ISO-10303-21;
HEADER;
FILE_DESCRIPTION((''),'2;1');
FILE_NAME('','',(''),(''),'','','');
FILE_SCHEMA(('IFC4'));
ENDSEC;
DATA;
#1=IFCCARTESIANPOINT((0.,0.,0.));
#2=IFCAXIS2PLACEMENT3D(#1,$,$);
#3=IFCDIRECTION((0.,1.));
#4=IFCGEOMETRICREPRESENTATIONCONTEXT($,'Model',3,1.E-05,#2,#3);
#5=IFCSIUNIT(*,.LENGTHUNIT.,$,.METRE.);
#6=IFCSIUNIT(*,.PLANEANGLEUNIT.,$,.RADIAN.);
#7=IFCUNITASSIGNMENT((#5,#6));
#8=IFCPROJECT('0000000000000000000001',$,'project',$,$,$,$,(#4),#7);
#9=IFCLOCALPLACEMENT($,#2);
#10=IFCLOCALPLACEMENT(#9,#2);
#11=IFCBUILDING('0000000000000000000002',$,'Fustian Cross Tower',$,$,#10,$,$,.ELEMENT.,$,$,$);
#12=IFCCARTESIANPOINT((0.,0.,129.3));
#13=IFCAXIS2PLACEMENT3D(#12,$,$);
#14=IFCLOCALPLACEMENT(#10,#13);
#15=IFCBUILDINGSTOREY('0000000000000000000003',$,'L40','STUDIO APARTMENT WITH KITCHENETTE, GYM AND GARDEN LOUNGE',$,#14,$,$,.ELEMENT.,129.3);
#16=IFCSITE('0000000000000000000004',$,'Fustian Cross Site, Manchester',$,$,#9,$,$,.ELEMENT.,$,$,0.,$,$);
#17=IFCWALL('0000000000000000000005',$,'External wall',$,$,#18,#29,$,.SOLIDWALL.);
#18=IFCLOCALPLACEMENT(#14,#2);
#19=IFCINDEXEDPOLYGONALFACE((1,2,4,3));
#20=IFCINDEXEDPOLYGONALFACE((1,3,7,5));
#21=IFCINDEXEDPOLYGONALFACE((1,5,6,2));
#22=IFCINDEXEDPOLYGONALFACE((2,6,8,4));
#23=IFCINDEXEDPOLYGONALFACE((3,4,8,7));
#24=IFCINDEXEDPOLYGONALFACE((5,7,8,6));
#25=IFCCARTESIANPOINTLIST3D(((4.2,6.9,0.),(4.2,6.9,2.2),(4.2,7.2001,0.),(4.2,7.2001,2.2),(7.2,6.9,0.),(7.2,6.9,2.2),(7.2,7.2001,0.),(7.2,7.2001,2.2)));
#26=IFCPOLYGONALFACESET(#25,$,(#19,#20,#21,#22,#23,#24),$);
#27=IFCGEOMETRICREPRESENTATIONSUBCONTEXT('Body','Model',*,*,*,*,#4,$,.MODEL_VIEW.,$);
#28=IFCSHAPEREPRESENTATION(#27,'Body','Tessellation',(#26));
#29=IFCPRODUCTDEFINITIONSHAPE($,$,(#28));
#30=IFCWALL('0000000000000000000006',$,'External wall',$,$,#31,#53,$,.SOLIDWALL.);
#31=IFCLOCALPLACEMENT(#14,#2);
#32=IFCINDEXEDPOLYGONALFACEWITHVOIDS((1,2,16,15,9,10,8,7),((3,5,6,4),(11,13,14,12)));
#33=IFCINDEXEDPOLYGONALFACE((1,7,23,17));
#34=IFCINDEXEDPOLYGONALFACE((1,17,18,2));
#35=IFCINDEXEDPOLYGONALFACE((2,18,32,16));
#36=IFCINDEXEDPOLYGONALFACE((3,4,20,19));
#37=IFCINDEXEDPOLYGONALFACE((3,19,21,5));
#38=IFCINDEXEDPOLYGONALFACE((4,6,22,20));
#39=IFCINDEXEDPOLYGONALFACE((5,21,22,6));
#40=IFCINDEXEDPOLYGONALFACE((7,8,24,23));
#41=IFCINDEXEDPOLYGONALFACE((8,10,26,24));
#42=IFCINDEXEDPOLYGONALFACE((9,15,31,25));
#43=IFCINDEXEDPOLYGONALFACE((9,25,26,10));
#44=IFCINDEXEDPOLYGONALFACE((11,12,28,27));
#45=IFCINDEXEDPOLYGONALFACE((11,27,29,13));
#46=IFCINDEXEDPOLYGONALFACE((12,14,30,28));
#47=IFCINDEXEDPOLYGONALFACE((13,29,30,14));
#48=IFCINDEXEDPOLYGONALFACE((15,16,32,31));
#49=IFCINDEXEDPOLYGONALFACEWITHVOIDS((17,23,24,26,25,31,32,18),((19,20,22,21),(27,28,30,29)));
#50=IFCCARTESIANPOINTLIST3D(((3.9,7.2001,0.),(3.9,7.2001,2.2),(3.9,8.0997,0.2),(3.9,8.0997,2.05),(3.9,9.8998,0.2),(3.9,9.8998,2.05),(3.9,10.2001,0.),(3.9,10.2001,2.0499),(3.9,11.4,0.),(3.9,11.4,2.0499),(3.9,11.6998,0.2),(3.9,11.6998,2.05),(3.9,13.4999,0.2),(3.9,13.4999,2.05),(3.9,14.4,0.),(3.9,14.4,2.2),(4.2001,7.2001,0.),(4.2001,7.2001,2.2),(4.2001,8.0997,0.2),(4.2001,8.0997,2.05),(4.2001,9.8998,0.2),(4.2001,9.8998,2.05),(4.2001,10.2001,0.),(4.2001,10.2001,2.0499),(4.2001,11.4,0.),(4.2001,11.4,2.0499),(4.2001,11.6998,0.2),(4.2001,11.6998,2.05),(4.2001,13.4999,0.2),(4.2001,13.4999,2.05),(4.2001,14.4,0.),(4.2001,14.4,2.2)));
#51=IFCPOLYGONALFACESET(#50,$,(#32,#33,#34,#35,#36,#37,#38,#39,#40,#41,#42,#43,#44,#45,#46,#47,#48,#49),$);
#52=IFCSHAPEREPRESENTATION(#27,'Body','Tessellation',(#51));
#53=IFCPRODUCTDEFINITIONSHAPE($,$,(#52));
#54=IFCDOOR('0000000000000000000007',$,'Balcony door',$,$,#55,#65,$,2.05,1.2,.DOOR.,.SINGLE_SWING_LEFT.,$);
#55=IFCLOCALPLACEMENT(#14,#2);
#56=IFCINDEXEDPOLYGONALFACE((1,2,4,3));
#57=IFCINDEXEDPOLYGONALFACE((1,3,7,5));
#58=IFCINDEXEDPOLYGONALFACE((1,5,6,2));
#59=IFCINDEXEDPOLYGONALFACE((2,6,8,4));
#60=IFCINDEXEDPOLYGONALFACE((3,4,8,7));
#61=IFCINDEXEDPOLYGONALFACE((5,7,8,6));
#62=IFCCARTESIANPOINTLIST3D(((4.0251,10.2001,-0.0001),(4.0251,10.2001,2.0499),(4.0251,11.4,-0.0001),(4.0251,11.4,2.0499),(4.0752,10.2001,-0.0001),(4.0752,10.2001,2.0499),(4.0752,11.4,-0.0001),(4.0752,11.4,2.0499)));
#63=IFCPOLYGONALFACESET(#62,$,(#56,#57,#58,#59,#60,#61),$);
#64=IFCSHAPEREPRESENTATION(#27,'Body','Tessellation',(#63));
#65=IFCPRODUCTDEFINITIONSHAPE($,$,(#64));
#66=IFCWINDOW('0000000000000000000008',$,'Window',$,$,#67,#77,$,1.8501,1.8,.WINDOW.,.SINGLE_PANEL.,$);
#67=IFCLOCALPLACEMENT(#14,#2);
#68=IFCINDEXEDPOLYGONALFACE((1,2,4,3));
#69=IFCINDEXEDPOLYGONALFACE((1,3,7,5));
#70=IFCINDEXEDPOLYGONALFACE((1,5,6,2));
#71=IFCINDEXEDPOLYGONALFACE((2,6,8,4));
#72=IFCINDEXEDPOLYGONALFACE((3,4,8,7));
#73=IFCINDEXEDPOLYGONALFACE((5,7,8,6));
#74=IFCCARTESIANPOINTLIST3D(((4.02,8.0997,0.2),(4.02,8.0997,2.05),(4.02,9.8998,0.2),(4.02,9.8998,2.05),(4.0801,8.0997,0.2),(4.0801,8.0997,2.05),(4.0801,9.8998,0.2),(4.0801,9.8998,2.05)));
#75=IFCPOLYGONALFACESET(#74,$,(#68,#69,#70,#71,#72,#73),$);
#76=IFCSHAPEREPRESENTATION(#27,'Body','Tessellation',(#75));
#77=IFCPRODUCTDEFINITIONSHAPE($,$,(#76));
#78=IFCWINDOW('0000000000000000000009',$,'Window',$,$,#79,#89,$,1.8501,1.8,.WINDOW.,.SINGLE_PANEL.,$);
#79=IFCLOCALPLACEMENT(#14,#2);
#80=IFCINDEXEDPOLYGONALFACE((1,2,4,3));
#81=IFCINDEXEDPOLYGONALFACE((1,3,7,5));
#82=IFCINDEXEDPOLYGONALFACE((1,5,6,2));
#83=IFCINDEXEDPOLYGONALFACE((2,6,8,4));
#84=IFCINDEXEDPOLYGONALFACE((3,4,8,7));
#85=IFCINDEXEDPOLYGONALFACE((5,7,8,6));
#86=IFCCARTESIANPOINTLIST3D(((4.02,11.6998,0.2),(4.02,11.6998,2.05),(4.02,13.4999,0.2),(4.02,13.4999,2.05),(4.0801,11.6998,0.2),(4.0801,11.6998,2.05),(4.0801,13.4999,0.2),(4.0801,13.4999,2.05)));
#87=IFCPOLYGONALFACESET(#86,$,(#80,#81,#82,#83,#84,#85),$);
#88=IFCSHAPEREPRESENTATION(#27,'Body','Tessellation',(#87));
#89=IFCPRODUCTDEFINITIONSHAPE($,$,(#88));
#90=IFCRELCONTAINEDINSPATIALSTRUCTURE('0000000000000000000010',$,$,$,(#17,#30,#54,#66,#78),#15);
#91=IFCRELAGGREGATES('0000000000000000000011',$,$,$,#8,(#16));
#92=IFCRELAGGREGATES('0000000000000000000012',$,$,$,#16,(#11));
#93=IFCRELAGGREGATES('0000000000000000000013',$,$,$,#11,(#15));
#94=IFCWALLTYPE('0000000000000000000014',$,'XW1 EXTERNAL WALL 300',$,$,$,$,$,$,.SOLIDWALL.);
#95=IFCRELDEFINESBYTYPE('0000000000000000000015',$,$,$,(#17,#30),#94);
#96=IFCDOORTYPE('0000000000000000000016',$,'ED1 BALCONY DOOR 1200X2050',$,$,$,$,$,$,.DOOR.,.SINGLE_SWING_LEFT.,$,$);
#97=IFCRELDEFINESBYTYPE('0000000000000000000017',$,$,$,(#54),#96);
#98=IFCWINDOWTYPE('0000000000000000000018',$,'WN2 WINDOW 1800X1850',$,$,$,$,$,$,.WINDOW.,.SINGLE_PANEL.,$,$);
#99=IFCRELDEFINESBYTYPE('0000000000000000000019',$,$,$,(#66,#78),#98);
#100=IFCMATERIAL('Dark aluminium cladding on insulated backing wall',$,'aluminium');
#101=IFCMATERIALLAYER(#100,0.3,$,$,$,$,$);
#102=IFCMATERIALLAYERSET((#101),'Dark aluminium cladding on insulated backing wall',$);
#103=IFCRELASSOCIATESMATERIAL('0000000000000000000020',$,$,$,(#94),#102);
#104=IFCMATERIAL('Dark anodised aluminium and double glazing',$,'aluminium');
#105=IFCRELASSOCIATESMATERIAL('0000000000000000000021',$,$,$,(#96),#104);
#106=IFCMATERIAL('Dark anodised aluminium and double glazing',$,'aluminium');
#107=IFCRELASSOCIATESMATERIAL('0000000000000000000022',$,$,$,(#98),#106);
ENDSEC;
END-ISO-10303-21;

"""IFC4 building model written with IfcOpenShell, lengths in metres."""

from ifc_helpers import new_model, si_unit, direction, frame, frame_2d, origin, place, context, subcontext, project, spatial, rectangle, extrude, material, layer, layer_set, type_object, element, fill, save


model = new_model("IFC4")

# Units and contexts
model_context = context("Model", 3, precision=1e-05, world=origin(), true_north=direction((0.0, 1.0)))
body_context = subcontext(model_context, "Body", "Model", "MODEL_VIEW")
ifc_project = project(units=[si_unit("LENGTHUNIT", "METRE"), si_unit("PLANEANGLEUNIT", "RADIAN")], contexts=[model_context])

# Site, building, storey
site_placement = place(None, origin())
site = spatial("IfcSite", under=ifc_project, at=site_placement, Name="Fustian Cross Site, Manchester", CompositionType="ELEMENT", RefElevation=0.0)
building_placement = place(site_placement, origin())
building = spatial("IfcBuilding", under=site, at=building_placement, Name="Fustian Cross Tower", CompositionType="ELEMENT")
storey_placement = place(building_placement, frame((0.0, 0.0, 129.3)))
storey = spatial("IfcBuildingStorey", under=building, at=storey_placement, Name="L40", Description="STUDIO APARTMENT WITH KITCHENETTE, GYM AND GARDEN LOUNGE", CompositionType="ELEMENT", Elevation=129.3)

# Wall
ifc_material_1 = material(Name="Dark aluminium cladding on insulated backing wall", Category="aluminium")
ifc_layer_1 = layer(ifc_material_1, 0.3)
ifc_layer_set_1 = layer_set([ifc_layer_1], Name="Dark aluminium cladding on insulated backing wall")
wall_type_1 = type_object("IfcWallType", Name="XW1 EXTERNAL WALL 300", PredefinedType="SOLIDWALL", material=ifc_layer_set_1)
wall_1_placement = place(storey_placement, frame((7.2, 7.05, 0.0), z_axis=(0.0, 0.0, 1.0), x_axis=(-1.0, 0.0, 0.0)))
element("IfcWall", 1, at=wall_1_placement, inside=storey, type_object=wall_type_1, Name="External wall", PredefinedType="SOLIDWALL", context=body_context, shape_type="SweptSolid", body=[
    extrude(rectangle(XDim=3.0, YDim=0.3, at=frame_2d((1.5, 0.0))), origin(), (0.0, 0.0, 1.0), 2.2),
])

# Wall, openings, door, windows
wall_2_placement = place(storey_placement, frame((4.05, 7.2, 0.0), z_axis=(0.0, 0.0, 1.0), x_axis=(0.0, 1.0, 0.0)))
wall_2 = element("IfcWall", 2, at=wall_2_placement, inside=storey, type_object=wall_type_1, Name="External wall", PredefinedType="SOLIDWALL", context=body_context, shape_type="SweptSolid", body=[
    extrude(rectangle(XDim=7.2, YDim=0.3, at=frame_2d((3.6001, 0.0))), origin(), (0.0, 0.0, 1.0), 2.2),
])
opening_1_placement = place(wall_2_placement, frame((3.0, 0.0, 0.0)))
opening_1 = element("IfcOpeningElement", 3, at=opening_1_placement, cuts=wall_2, PredefinedType="OPENING", context=body_context, shape_type="SweptSolid", body=[
    extrude(rectangle(XDim=1.2, YDim=2.05, at=frame_2d((0.6001, 1.0249))), frame((0.0, 0.1599, 0.0), z_axis=(0.0, -1.0, 0.0), x_axis=(1.0, 0.0, 0.0)), (0.0, 0.0, 1.0), 0.3201),
])
opening_2_placement = place(wall_2_placement, frame((0.8999, 0.0, 0.2)))
opening_2 = element("IfcOpeningElement", 4, at=opening_2_placement, cuts=wall_2, PredefinedType="OPENING", context=body_context, shape_type="SweptSolid", body=[
    extrude(rectangle(XDim=1.8, YDim=1.8501, at=frame_2d((0.8999, 0.925))), frame((0.0, 0.1599, 0.0), z_axis=(0.0, -1.0, 0.0), x_axis=(1.0, 0.0, 0.0)), (0.0, 0.0, 1.0), 0.3201),
])
opening_3_placement = place(wall_2_placement, frame((4.5, 0.0, 0.2)))
opening_3 = element("IfcOpeningElement", 5, at=opening_3_placement, cuts=wall_2, PredefinedType="OPENING", context=body_context, shape_type="SweptSolid", body=[
    extrude(rectangle(XDim=1.8, YDim=1.8501, at=frame_2d((0.8999, 0.925))), frame((0.0, 0.1599, 0.0), z_axis=(0.0, -1.0, 0.0), x_axis=(1.0, 0.0, 0.0)), (0.0, 0.0, 1.0), 0.3201),
])
ifc_material_2 = material(Name="Dark anodised aluminium and double glazing", Category="aluminium")
door_type_1 = type_object("IfcDoorType", Name="ED1 BALCONY DOOR 1200X2050", OperationType="SINGLE_SWING_LEFT", PredefinedType="DOOR", material=ifc_material_2)
door_1_placement = place(opening_1_placement, origin())
door_1 = element("IfcDoor", 6, at=door_1_placement, inside=storey, type_object=door_type_1, Name="Balcony door", OperationType="SINGLE_SWING_LEFT", OverallHeight=2.05, OverallWidth=1.2, PredefinedType="DOOR", context=body_context, shape_type="SweptSolid", body=[
    extrude(rectangle(XDim=1.2, YDim=2.05, at=frame_2d((0.6001, 1.0249))), frame((0.0, 0.0249, 0.0), z_axis=(0.0, -1.0, 0.0), x_axis=(1.0, 0.0, 0.0)), (0.0, 0.0, 1.0), 0.05),
])
fill(opening_1, door_1)
ifc_material_3 = material(Name="Dark anodised aluminium and double glazing", Category="aluminium")
window_type = type_object("IfcWindowType", Name="WN2 WINDOW 1800X1850", PartitioningType="SINGLE_PANEL", PredefinedType="WINDOW", material=ifc_material_3)
window_1_placement = place(opening_2_placement, origin())
window_1 = element("IfcWindow", 7, at=window_1_placement, inside=storey, type_object=window_type, Name="Window", OverallHeight=1.8501, OverallWidth=1.8, PartitioningType="SINGLE_PANEL", PredefinedType="WINDOW", context=body_context, shape_type="SweptSolid", body=[
    extrude(rectangle(XDim=1.8, YDim=1.8501, at=frame_2d((0.8999, 0.925))), frame((0.0, 0.03, 0.0), z_axis=(0.0, -1.0, 0.0), x_axis=(1.0, 0.0, 0.0)), (0.0, 0.0, 1.0), 0.0601),
])
fill(opening_2, window_1)
window_2_placement = place(opening_3_placement, origin())
window_2 = element("IfcWindow", 8, at=window_2_placement, inside=storey, type_object=window_type, Name="Window", OverallHeight=1.8501, OverallWidth=1.8, PartitioningType="SINGLE_PANEL", PredefinedType="WINDOW", context=body_context, shape_type="SweptSolid", body=[
    extrude(rectangle(XDim=1.8, YDim=1.8501, at=frame_2d((0.8999, 0.925))), frame((0.0, 0.03, 0.0), z_axis=(0.0, -1.0, 0.0), x_axis=(1.0, 0.0, 0.0)), (0.0, 0.0, 1.0), 0.0601),
])
fill(opening_3, window_2)

save(model, "model.ifc")
